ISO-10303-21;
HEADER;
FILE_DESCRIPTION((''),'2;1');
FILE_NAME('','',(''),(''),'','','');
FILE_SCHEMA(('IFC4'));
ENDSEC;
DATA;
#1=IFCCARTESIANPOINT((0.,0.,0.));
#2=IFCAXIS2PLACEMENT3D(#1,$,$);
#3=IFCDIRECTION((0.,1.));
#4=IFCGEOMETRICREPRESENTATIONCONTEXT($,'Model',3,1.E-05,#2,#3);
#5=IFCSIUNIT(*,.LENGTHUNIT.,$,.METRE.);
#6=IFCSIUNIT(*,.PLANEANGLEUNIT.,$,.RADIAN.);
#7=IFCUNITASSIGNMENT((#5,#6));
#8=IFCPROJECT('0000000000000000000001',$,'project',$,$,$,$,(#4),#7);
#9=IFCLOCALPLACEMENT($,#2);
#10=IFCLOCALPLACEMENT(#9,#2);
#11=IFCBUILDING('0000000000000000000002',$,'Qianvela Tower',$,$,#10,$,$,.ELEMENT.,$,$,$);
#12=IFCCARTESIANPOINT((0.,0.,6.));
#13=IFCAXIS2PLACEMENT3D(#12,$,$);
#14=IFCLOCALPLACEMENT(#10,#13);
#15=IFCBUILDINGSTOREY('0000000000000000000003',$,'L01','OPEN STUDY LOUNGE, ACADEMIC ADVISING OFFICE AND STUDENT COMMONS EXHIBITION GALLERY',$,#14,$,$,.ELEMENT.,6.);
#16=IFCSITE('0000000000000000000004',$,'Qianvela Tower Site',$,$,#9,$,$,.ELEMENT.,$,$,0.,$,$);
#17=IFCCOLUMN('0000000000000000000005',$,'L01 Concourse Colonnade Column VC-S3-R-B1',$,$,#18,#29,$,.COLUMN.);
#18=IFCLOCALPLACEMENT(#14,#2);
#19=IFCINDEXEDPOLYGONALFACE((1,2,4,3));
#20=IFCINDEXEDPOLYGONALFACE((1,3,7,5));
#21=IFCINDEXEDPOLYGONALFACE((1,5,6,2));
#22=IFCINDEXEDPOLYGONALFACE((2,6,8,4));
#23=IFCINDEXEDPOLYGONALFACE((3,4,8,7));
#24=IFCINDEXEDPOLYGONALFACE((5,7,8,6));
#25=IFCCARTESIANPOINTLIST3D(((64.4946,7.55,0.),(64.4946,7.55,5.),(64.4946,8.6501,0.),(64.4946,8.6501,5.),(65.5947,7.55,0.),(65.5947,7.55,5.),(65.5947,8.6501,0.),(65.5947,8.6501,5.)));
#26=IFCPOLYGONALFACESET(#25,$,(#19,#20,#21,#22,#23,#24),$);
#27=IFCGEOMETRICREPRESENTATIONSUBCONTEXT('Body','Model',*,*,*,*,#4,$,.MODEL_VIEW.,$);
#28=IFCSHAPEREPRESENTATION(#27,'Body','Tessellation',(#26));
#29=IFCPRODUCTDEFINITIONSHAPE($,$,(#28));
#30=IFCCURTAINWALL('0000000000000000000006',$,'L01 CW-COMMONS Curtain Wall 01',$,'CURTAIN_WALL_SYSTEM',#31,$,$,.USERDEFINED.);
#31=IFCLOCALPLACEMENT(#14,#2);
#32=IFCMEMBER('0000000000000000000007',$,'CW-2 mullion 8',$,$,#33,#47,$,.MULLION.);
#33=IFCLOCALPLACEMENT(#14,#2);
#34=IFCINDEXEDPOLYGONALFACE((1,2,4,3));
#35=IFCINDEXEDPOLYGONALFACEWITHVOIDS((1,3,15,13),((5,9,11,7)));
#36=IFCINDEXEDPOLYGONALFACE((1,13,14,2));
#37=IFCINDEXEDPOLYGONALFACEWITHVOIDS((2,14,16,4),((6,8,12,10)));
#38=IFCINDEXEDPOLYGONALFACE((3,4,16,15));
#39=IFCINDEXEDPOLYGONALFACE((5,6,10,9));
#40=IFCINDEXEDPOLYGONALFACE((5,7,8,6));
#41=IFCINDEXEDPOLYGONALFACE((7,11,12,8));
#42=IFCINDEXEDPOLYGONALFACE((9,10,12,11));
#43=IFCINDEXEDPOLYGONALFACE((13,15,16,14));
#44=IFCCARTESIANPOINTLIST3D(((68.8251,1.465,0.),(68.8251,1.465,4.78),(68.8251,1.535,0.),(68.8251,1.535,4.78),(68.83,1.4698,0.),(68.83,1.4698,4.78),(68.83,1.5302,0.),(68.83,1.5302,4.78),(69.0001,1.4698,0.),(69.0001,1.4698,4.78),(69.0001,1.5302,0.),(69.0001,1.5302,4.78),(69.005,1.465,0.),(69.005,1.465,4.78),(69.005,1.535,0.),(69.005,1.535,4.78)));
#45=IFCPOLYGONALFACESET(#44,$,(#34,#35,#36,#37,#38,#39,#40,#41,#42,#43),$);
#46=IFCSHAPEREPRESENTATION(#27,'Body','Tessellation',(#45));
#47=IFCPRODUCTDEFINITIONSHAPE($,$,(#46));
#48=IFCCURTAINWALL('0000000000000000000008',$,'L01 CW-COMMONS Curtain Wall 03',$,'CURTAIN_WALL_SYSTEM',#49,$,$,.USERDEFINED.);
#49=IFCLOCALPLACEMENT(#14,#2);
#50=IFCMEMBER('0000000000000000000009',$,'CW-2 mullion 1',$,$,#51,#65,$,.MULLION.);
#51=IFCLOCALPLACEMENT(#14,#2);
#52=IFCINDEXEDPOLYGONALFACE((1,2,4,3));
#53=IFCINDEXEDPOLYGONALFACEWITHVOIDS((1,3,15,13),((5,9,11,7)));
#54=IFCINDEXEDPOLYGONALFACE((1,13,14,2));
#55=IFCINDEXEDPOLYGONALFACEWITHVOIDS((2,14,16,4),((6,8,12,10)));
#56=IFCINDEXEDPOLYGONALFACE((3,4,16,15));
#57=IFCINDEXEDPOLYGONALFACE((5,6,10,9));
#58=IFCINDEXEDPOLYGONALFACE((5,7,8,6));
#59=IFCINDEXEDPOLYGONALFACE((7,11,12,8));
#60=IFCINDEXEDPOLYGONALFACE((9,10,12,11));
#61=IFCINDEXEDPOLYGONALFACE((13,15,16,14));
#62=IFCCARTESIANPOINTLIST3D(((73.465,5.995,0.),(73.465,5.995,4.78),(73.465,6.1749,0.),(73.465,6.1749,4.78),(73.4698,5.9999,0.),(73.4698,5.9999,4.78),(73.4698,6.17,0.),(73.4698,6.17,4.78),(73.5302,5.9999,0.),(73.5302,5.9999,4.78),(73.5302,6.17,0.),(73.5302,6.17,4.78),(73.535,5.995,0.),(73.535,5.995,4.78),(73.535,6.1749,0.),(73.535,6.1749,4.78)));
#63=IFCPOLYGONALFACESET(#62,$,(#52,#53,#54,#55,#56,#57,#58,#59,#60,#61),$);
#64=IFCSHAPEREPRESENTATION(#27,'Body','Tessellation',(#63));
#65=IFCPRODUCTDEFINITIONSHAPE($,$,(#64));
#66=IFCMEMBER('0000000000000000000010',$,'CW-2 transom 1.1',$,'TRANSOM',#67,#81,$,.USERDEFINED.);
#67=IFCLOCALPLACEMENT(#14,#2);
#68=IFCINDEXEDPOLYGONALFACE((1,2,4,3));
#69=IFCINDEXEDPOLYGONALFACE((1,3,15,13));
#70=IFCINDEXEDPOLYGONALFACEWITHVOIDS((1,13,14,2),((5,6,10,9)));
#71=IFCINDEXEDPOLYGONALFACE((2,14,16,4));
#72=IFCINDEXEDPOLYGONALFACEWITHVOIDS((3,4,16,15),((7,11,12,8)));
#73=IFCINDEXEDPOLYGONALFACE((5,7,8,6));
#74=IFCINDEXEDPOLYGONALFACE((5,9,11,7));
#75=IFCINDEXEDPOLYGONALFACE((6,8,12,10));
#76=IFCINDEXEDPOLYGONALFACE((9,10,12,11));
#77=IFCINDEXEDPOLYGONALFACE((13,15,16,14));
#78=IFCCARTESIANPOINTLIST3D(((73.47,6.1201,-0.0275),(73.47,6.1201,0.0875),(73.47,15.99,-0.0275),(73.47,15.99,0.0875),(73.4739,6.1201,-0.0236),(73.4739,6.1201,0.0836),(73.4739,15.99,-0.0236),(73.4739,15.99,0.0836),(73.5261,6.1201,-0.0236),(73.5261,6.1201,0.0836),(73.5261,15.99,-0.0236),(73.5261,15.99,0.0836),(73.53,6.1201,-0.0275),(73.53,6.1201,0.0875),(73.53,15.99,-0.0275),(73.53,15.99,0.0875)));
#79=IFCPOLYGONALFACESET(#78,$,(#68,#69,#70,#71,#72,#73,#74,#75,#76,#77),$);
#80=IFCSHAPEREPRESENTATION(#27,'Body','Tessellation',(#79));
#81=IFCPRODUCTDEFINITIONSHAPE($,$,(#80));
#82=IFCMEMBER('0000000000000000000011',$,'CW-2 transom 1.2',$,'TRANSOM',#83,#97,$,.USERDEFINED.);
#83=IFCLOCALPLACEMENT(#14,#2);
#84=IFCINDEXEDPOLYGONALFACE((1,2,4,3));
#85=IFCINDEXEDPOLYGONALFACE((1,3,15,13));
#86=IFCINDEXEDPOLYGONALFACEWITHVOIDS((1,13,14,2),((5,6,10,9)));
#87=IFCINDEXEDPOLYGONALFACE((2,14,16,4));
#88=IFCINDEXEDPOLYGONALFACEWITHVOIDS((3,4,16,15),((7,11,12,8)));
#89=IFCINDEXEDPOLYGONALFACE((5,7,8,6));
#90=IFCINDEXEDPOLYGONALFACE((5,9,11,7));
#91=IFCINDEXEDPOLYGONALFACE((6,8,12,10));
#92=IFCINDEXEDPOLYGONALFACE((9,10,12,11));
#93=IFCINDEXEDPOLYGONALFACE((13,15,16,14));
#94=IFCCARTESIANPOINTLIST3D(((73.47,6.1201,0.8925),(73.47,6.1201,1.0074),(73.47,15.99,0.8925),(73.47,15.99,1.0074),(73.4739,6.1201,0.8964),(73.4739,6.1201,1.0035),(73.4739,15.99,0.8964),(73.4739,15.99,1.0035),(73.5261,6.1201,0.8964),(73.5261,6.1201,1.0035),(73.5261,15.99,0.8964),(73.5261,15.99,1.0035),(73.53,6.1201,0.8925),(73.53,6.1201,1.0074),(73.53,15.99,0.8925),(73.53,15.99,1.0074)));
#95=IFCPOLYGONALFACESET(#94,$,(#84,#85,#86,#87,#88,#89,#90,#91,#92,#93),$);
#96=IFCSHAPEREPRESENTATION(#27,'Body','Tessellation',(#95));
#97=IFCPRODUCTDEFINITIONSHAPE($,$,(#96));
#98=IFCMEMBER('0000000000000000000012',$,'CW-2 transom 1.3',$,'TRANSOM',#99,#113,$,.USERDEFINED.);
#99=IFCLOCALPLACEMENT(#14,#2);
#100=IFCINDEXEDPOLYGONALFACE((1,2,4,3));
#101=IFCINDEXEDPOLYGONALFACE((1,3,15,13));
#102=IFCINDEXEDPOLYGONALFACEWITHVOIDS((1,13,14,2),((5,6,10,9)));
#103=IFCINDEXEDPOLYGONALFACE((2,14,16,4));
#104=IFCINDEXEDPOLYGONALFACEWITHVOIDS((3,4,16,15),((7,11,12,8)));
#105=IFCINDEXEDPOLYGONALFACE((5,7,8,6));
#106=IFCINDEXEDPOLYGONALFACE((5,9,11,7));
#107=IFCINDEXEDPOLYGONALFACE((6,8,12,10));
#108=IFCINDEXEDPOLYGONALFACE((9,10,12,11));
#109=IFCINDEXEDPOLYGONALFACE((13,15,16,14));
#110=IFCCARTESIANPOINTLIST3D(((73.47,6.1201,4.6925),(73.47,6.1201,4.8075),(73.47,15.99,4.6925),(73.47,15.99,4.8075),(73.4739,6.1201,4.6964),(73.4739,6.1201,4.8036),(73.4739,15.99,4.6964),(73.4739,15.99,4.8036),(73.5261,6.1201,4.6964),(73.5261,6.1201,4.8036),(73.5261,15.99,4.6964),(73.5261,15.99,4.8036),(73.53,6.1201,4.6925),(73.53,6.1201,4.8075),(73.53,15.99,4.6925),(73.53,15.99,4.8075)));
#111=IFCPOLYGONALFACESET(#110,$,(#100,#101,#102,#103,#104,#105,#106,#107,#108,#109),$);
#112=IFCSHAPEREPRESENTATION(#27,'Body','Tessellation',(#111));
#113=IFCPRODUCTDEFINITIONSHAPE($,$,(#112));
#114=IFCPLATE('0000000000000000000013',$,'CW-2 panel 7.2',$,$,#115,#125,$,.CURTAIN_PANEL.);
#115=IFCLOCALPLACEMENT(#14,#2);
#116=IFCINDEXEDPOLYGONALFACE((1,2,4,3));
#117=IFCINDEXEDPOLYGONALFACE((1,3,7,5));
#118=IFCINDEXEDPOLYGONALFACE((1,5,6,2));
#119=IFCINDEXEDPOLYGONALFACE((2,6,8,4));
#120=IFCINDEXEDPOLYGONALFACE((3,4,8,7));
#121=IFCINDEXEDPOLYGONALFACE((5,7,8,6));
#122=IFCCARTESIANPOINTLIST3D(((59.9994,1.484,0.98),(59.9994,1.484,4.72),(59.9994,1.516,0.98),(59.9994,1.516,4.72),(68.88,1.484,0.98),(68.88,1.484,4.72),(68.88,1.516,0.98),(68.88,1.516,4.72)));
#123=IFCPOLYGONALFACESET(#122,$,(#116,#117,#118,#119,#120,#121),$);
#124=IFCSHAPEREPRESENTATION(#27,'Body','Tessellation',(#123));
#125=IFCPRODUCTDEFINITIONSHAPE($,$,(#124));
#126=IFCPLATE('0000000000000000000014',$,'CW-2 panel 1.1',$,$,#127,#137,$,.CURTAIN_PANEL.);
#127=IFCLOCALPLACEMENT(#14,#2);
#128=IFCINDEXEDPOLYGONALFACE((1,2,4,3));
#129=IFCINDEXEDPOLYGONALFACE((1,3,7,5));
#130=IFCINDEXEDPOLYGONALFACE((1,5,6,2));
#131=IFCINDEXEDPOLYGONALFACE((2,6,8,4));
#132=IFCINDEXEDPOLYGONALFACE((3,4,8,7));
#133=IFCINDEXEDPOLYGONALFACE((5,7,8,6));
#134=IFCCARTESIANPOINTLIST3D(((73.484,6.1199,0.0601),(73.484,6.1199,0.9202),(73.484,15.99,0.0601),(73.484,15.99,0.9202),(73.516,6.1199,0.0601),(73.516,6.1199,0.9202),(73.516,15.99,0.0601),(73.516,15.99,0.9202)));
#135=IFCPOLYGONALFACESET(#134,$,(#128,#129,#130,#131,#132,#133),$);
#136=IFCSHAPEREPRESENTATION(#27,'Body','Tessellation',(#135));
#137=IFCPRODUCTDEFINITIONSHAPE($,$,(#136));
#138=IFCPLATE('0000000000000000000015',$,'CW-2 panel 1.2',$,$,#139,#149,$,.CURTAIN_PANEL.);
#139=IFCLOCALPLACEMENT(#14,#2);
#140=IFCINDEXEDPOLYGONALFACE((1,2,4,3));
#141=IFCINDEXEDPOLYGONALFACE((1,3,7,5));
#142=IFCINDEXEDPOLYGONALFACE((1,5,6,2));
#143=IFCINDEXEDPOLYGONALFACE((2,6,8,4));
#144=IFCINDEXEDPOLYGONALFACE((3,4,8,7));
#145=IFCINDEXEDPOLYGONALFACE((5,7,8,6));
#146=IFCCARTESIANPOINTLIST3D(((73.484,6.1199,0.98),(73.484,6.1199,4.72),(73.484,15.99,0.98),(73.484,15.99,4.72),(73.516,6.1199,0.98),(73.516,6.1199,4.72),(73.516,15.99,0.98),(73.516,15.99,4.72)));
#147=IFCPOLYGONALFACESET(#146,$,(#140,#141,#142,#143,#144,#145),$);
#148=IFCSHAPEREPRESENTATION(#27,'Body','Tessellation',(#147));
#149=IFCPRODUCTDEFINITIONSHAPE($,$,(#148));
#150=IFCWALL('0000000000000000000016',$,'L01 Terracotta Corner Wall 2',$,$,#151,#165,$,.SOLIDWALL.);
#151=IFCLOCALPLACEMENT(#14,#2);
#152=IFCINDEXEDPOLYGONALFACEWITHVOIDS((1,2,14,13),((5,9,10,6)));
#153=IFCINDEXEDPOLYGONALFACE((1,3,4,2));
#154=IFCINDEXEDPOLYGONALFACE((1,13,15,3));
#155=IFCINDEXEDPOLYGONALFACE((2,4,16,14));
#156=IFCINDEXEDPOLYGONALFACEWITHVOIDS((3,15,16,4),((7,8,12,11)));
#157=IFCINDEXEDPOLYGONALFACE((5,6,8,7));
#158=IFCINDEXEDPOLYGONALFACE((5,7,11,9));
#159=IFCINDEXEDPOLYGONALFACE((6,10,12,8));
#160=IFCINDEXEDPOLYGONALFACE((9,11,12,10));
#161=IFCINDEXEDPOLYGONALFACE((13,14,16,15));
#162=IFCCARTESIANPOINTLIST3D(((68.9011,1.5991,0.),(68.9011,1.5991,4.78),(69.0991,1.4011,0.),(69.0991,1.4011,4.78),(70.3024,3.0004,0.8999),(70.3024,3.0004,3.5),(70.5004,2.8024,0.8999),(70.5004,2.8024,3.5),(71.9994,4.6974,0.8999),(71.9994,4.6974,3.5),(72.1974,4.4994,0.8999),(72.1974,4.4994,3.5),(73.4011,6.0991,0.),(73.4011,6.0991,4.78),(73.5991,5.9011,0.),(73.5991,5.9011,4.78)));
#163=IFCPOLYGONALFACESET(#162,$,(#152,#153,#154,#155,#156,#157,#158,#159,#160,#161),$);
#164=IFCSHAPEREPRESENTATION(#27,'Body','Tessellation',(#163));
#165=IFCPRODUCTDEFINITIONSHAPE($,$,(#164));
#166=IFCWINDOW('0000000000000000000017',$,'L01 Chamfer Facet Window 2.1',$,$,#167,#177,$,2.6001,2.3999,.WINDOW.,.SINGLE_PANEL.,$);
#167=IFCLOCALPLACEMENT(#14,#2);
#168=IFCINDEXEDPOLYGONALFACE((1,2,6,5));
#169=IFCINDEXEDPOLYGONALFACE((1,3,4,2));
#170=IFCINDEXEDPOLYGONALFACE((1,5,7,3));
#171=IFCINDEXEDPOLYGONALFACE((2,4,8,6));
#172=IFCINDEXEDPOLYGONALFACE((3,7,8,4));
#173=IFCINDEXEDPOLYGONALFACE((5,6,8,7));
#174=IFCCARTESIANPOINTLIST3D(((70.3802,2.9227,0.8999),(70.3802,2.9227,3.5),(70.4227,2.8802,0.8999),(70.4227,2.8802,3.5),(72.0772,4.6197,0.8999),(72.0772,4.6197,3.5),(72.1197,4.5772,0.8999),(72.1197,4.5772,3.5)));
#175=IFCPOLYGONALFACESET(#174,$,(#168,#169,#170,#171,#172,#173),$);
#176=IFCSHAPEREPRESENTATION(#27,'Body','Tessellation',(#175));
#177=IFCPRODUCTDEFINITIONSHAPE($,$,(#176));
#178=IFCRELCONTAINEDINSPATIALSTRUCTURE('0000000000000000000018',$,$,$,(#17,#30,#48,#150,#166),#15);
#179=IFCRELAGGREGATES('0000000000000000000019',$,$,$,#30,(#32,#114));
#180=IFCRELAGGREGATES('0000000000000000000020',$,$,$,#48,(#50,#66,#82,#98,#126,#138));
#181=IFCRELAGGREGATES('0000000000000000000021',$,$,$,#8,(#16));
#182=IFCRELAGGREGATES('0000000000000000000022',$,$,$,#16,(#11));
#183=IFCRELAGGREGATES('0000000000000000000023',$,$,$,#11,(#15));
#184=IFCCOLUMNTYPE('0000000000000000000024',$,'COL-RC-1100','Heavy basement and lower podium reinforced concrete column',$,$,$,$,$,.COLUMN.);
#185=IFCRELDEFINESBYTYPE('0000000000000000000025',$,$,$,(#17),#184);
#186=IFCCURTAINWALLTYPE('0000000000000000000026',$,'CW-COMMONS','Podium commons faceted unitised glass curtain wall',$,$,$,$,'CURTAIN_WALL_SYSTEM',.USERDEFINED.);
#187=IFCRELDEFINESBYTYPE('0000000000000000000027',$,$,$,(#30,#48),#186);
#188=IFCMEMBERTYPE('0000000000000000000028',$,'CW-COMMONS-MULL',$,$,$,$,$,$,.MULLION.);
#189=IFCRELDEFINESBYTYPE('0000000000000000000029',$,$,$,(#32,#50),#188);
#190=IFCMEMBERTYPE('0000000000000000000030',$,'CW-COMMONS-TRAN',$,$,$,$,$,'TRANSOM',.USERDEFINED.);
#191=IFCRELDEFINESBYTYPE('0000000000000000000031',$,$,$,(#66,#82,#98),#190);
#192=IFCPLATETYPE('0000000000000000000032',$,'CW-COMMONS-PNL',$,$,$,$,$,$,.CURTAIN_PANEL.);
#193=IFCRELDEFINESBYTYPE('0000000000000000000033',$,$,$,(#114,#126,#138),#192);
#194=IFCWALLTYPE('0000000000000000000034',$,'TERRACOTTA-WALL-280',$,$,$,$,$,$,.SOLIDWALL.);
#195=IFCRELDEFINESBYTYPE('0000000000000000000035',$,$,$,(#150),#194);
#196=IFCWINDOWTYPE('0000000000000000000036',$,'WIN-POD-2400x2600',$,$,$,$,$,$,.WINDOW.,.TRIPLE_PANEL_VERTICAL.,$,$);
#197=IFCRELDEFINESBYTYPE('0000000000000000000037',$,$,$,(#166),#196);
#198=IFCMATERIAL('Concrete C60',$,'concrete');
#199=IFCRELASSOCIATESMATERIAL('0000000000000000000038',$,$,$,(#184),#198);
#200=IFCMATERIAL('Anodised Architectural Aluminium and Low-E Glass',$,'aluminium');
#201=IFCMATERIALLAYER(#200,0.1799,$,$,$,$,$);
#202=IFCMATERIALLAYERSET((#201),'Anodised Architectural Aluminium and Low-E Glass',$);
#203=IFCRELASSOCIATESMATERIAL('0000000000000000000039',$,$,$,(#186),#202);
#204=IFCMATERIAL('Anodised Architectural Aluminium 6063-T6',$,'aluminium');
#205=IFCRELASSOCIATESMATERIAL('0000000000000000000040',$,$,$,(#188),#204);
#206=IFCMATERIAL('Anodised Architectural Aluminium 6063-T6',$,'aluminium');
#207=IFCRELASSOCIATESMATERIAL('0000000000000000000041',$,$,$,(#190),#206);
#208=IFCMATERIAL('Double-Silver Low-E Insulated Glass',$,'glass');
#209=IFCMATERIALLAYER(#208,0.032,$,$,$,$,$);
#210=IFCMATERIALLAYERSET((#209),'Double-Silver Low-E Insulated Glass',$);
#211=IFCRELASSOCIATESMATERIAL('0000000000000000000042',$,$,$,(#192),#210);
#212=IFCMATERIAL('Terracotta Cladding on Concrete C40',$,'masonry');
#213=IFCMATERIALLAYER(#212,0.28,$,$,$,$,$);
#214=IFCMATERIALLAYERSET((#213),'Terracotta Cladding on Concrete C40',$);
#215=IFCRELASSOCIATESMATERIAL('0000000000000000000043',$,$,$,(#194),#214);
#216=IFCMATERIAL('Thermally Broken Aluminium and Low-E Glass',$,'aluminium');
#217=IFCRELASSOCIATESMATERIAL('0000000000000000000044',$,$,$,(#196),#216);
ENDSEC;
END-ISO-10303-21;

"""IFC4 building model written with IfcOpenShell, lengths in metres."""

from ifc_helpers import new_model, si_unit, direction, frame, frame_2d, origin, origin_2d, place, context, subcontext, project, spatial, rectangle, hollow_rectangle, extrude, material, layer, layer_set, material_profile, profile_set, type_object, element, fill, aggregate, save


model = new_model("IFC4")

# Units and contexts
model_context = context("Model", 3, precision=1e-05, world=origin(), true_north=direction((0.0, 1.0)))
body_context = subcontext(model_context, "Body", "Model", "MODEL_VIEW")
ifc_project = project(units=[si_unit("LENGTHUNIT", "METRE"), si_unit("PLANEANGLEUNIT", "RADIAN")], contexts=[model_context])

# Site, building, storey
site_placement = place(None, origin())
site = spatial("IfcSite", under=ifc_project, at=site_placement, Name="Qianvela Tower Site", CompositionType="ELEMENT", RefElevation=0.0)
building_placement = place(site_placement, origin())
building = spatial("IfcBuilding", under=site, at=building_placement, Name="Qianvela Tower", CompositionType="ELEMENT")
storey_placement = place(building_placement, frame((0.0, 0.0, 6.0)))
storey = spatial("IfcBuildingStorey", under=building, at=storey_placement, Name="L01", Description="OPEN STUDY LOUNGE, ACADEMIC ADVISING OFFICE AND STUDENT COMMONS EXHIBITION GALLERY", CompositionType="ELEMENT", Elevation=6.0)

# Column
ifc_material_1 = material(Name="Concrete C60", Category="concrete")
ifc_material_profile_1 = material_profile(ifc_material_1, rectangle(XDim=1.1001, YDim=1.1001, at=origin_2d()), Name="RC-COL-1100x1100")
ifc_profile_set_1 = profile_set([ifc_material_profile_1], Name="Concrete C60")
column_type = type_object("IfcColumnType", Name="COL-RC-1100", Description="Heavy basement and lower podium reinforced concrete column", PredefinedType="COLUMN", material=ifc_profile_set_1)
column_placement = place(storey_placement, frame((65.0447, 8.1001, 0.0), z_axis=(0.0, 0.0, 1.0), x_axis=(1.0, 0.0, 0.0)))
element("IfcColumn", 1, at=column_placement, inside=storey, type_object=column_type, Name="L01 Concourse Colonnade Column VC-S3-R-B1", PredefinedType="COLUMN", context=body_context, shape_type="SweptSolid", body=[
    extrude(rectangle(XDim=1.1001, YDim=1.1001, at=origin_2d()), origin(), (0.0, 0.0, 1.0), 5.0),
])

# Curtain wall, member
ifc_material_2 = material(Name="Anodised Architectural Aluminium and Low-E Glass", Category="aluminium")
ifc_layer_1 = layer(ifc_material_2, 0.1799)
ifc_layer_set_1 = layer_set([ifc_layer_1], Name="Anodised Architectural Aluminium and Low-E Glass")
curtain_wall_type = type_object("IfcCurtainWallType", Name="CW-COMMONS", Description="Podium commons faceted unitised glass curtain wall", ElementType="CURTAIN_WALL_SYSTEM", PredefinedType="USERDEFINED", material=ifc_layer_set_1)
curtain_wall_1_placement = place(storey_placement, origin())
curtain_wall_1 = element("IfcCurtainWall", 2, at=curtain_wall_1_placement, inside=storey, type_object=curtain_wall_type, Name="L01 CW-COMMONS Curtain Wall 01", ObjectType="CURTAIN_WALL_SYSTEM", PredefinedType="USERDEFINED")
ifc_material_3 = material(Name="Anodised Architectural Aluminium 6063-T6", Category="aluminium")
ifc_material_profile_2 = material_profile(ifc_material_3, hollow_rectangle(XDim=0.0701, YDim=0.1799, WallThickness=0.0049, at=origin_2d()), Name="ALU-MULL-70x180")
ifc_profile_set_2 = profile_set([ifc_material_profile_2], Name="Anodised Architectural Aluminium 6063-T6")
member_type_1 = type_object("IfcMemberType", Name="CW-COMMONS-MULL", PredefinedType="MULLION", material=ifc_profile_set_2)
member_1_placement = place(storey_placement, frame((68.915, 1.5, 0.0), z_axis=(0.0, 0.0, 1.0), x_axis=(0.0, 1.0, 0.0)))
member_1 = element("IfcMember", 3, at=member_1_placement, type_object=member_type_1, Name="CW-2 mullion 8", PredefinedType="MULLION", context=body_context, shape_type="SweptSolid", body=[
    extrude(hollow_rectangle(XDim=0.0701, YDim=0.1799, WallThickness=0.0049, at=origin_2d()), origin(), (0.0, 0.0, 1.0), 4.78),
])

# Curtain wall, members
curtain_wall_2_placement = place(storey_placement, origin())
curtain_wall_2 = element("IfcCurtainWall", 4, at=curtain_wall_2_placement, inside=storey, type_object=curtain_wall_type, Name="L01 CW-COMMONS Curtain Wall 03", ObjectType="CURTAIN_WALL_SYSTEM", PredefinedType="USERDEFINED")
member_2_placement = place(storey_placement, frame((73.5, 6.085, 0.0), z_axis=(0.0, 0.0, 1.0), x_axis=(-1.0, 0.0, 0.0)))
member_2 = element("IfcMember", 5, at=member_2_placement, type_object=member_type_1, Name="CW-2 mullion 1", PredefinedType="MULLION", context=body_context, shape_type="SweptSolid", body=[
    extrude(hollow_rectangle(XDim=0.0701, YDim=0.1799, WallThickness=0.0049, at=origin_2d()), origin(), (0.0, 0.0, 1.0), 4.78),
])
ifc_material_4 = material(Name="Anodised Architectural Aluminium 6063-T6", Category="aluminium")
ifc_material_profile_3 = material_profile(ifc_material_4, hollow_rectangle(XDim=0.0601, YDim=0.115, WallThickness=0.0039, at=origin_2d()), Name="ALU-TRAN-60x115")
ifc_profile_set_3 = profile_set([ifc_material_profile_3], Name="Anodised Architectural Aluminium 6063-T6")
member_type_2 = type_object("IfcMemberType", Name="CW-COMMONS-TRAN", ElementType="TRANSOM", PredefinedType="USERDEFINED", material=ifc_profile_set_3)
member_3_placement = place(storey_placement, frame((73.5, 6.1201, 0.03), z_axis=(0.0, 1.0, 0.0), x_axis=(-1.0, 0.0, 0.0)))
member_3 = element("IfcMember", 6, at=member_3_placement, type_object=member_type_2, Name="CW-2 transom 1.1", ObjectType="TRANSOM", PredefinedType="USERDEFINED", context=body_context, shape_type="SweptSolid", body=[
    extrude(hollow_rectangle(XDim=0.0601, YDim=0.115, WallThickness=0.0039, at=origin_2d()), origin(), (0.0, 0.0, 1.0), 9.8699),
])
member_4_placement = place(storey_placement, frame((73.5, 6.1201, 0.95), z_axis=(0.0, 1.0, 0.0), x_axis=(-1.0, 0.0, 0.0)))
member_4 = element("IfcMember", 7, at=member_4_placement, type_object=member_type_2, Name="CW-2 transom 1.2", ObjectType="TRANSOM", PredefinedType="USERDEFINED", context=body_context, shape_type="SweptSolid", body=[
    extrude(hollow_rectangle(XDim=0.0601, YDim=0.115, WallThickness=0.0039, at=origin_2d()), origin(), (0.0, 0.0, 1.0), 9.8699),
])
member_5_placement = place(storey_placement, frame((73.5, 6.1201, 4.75), z_axis=(0.0, 1.0, 0.0), x_axis=(-1.0, 0.0, 0.0)))
member_5 = element("IfcMember", 8, at=member_5_placement, type_object=member_type_2, Name="CW-2 transom 1.3", ObjectType="TRANSOM", PredefinedType="USERDEFINED", context=body_context, shape_type="SweptSolid", body=[
    extrude(hollow_rectangle(XDim=0.0601, YDim=0.115, WallThickness=0.0039, at=origin_2d()), origin(), (0.0, 0.0, 1.0), 9.8699),
])

# Plates
ifc_material_5 = material(Name="Double-Silver Low-E Insulated Glass", Category="glass")
ifc_layer_2 = layer(ifc_material_5, 0.032)
ifc_layer_set_2 = layer_set([ifc_layer_2], Name="Double-Silver Low-E Insulated Glass")
plate_type = type_object("IfcPlateType", Name="CW-COMMONS-PNL", PredefinedType="CURTAIN_PANEL", material=ifc_layer_set_2)
plate_1_placement = place(storey_placement, frame((64.4397, 1.5, 0.98), z_axis=(0.0, 0.0, 1.0), x_axis=(1.0, 0.0, 0.0)))
plate_1 = element("IfcPlate", 9, at=plate_1_placement, type_object=plate_type, Name="CW-2 panel 7.2", PredefinedType="CURTAIN_PANEL", context=body_context, shape_type="SweptSolid", body=[
    extrude(rectangle(XDim=8.8806, YDim=0.032, at=origin_2d()), origin(), (0.0, 0.0, 1.0), 3.74),
])
aggregate(curtain_wall_1, [member_1, plate_1])
plate_2_placement = place(storey_placement, frame((73.5, 11.0549, 0.0601), z_axis=(0.0, 0.0, 1.0), x_axis=(0.0, 1.0, 0.0)))
plate_2 = element("IfcPlate", 10, at=plate_2_placement, type_object=plate_type, Name="CW-2 panel 1.1", PredefinedType="CURTAIN_PANEL", context=body_context, shape_type="SweptSolid", body=[
    extrude(rectangle(XDim=9.8701, YDim=0.032, at=origin_2d()), origin(), (0.0, 0.0, 1.0), 0.8601),
])
plate_3_placement = place(storey_placement, frame((73.5, 11.0549, 0.98), z_axis=(0.0, 0.0, 1.0), x_axis=(0.0, 1.0, 0.0)))
plate_3 = element("IfcPlate", 11, at=plate_3_placement, type_object=plate_type, Name="CW-2 panel 1.2", PredefinedType="CURTAIN_PANEL", context=body_context, shape_type="SweptSolid", body=[
    extrude(rectangle(XDim=9.8701, YDim=0.032, at=origin_2d()), origin(), (0.0, 0.0, 1.0), 3.74),
])
aggregate(curtain_wall_2, [member_2, member_3, member_4, member_5, plate_2, plate_3])

# Wall, opening, window
ifc_material_6 = material(Name="Terracotta Cladding on Concrete C40", Category="masonry")
ifc_layer_3 = layer(ifc_material_6, 0.28)
ifc_layer_set_3 = layer_set([ifc_layer_3], Name="Terracotta Cladding on Concrete C40")
wall_type_1 = type_object("IfcWallType", Name="TERRACOTTA-WALL-280", PredefinedType="SOLIDWALL", material=ifc_layer_set_3)
wall_1_placement = place(storey_placement, frame((69.0, 1.5, 0.0), z_axis=(0.0, 0.0, 1.0), x_axis=(0.707107, 0.707107, 0.0)))
wall_1 = element("IfcWall", 12, at=wall_1_placement, inside=storey, type_object=wall_type_1, Name="L01 Terracotta Corner Wall 2", PredefinedType="SOLIDWALL", context=body_context, shape_type="SweptSolid", body=[
    extrude(rectangle(XDim=6.364, YDim=0.28, at=frame_2d((3.1821, 0.0))), origin(), (0.0, 0.0, 1.0), 4.78),
])
opening_1_placement = place(wall_1_placement, frame((1.9819, 0.0, 0.8999)))
opening_1 = element("IfcOpeningElement", 13, at=opening_1_placement, cuts=wall_1, PredefinedType="OPENING", context=body_context, shape_type="SweptSolid", body=[
    extrude(rectangle(XDim=2.3999, YDim=2.6001, at=frame_2d((1.2, 1.3))), frame((0.0, 0.1499, 0.0), z_axis=(0.0, -1.0, 0.0), x_axis=(1.0, 0.0, 0.0)), (0.0, 0.0, 1.0), 0.3),
])
ifc_material_7 = material(Name="Thermally Broken Aluminium and Low-E Glass", Category="aluminium")
window_type = type_object("IfcWindowType", Name="WIN-POD-2400x2600", PartitioningType="TRIPLE_PANEL_VERTICAL", PredefinedType="WINDOW", material=ifc_material_7)
window_placement = place(opening_1_placement, origin())
window = element("IfcWindow", 14, at=window_placement, inside=storey, type_object=window_type, Name="L01 Chamfer Facet Window 2.1", OverallHeight=2.6001, OverallWidth=2.3999, PartitioningType="SINGLE_PANEL", PredefinedType="WINDOW", context=body_context, shape_type="SweptSolid", body=[
    extrude(rectangle(XDim=2.3999, YDim=2.6001, at=frame_2d((1.2, 1.3))), frame((0.0, 0.03, 0.0), z_axis=(0.0, -1.0, 0.0), x_axis=(1.0, 0.0, 0.0)), (0.0, 0.0, 1.0), 0.0601),
])
fill(opening_1, window)

save(model, "model.ifc")
